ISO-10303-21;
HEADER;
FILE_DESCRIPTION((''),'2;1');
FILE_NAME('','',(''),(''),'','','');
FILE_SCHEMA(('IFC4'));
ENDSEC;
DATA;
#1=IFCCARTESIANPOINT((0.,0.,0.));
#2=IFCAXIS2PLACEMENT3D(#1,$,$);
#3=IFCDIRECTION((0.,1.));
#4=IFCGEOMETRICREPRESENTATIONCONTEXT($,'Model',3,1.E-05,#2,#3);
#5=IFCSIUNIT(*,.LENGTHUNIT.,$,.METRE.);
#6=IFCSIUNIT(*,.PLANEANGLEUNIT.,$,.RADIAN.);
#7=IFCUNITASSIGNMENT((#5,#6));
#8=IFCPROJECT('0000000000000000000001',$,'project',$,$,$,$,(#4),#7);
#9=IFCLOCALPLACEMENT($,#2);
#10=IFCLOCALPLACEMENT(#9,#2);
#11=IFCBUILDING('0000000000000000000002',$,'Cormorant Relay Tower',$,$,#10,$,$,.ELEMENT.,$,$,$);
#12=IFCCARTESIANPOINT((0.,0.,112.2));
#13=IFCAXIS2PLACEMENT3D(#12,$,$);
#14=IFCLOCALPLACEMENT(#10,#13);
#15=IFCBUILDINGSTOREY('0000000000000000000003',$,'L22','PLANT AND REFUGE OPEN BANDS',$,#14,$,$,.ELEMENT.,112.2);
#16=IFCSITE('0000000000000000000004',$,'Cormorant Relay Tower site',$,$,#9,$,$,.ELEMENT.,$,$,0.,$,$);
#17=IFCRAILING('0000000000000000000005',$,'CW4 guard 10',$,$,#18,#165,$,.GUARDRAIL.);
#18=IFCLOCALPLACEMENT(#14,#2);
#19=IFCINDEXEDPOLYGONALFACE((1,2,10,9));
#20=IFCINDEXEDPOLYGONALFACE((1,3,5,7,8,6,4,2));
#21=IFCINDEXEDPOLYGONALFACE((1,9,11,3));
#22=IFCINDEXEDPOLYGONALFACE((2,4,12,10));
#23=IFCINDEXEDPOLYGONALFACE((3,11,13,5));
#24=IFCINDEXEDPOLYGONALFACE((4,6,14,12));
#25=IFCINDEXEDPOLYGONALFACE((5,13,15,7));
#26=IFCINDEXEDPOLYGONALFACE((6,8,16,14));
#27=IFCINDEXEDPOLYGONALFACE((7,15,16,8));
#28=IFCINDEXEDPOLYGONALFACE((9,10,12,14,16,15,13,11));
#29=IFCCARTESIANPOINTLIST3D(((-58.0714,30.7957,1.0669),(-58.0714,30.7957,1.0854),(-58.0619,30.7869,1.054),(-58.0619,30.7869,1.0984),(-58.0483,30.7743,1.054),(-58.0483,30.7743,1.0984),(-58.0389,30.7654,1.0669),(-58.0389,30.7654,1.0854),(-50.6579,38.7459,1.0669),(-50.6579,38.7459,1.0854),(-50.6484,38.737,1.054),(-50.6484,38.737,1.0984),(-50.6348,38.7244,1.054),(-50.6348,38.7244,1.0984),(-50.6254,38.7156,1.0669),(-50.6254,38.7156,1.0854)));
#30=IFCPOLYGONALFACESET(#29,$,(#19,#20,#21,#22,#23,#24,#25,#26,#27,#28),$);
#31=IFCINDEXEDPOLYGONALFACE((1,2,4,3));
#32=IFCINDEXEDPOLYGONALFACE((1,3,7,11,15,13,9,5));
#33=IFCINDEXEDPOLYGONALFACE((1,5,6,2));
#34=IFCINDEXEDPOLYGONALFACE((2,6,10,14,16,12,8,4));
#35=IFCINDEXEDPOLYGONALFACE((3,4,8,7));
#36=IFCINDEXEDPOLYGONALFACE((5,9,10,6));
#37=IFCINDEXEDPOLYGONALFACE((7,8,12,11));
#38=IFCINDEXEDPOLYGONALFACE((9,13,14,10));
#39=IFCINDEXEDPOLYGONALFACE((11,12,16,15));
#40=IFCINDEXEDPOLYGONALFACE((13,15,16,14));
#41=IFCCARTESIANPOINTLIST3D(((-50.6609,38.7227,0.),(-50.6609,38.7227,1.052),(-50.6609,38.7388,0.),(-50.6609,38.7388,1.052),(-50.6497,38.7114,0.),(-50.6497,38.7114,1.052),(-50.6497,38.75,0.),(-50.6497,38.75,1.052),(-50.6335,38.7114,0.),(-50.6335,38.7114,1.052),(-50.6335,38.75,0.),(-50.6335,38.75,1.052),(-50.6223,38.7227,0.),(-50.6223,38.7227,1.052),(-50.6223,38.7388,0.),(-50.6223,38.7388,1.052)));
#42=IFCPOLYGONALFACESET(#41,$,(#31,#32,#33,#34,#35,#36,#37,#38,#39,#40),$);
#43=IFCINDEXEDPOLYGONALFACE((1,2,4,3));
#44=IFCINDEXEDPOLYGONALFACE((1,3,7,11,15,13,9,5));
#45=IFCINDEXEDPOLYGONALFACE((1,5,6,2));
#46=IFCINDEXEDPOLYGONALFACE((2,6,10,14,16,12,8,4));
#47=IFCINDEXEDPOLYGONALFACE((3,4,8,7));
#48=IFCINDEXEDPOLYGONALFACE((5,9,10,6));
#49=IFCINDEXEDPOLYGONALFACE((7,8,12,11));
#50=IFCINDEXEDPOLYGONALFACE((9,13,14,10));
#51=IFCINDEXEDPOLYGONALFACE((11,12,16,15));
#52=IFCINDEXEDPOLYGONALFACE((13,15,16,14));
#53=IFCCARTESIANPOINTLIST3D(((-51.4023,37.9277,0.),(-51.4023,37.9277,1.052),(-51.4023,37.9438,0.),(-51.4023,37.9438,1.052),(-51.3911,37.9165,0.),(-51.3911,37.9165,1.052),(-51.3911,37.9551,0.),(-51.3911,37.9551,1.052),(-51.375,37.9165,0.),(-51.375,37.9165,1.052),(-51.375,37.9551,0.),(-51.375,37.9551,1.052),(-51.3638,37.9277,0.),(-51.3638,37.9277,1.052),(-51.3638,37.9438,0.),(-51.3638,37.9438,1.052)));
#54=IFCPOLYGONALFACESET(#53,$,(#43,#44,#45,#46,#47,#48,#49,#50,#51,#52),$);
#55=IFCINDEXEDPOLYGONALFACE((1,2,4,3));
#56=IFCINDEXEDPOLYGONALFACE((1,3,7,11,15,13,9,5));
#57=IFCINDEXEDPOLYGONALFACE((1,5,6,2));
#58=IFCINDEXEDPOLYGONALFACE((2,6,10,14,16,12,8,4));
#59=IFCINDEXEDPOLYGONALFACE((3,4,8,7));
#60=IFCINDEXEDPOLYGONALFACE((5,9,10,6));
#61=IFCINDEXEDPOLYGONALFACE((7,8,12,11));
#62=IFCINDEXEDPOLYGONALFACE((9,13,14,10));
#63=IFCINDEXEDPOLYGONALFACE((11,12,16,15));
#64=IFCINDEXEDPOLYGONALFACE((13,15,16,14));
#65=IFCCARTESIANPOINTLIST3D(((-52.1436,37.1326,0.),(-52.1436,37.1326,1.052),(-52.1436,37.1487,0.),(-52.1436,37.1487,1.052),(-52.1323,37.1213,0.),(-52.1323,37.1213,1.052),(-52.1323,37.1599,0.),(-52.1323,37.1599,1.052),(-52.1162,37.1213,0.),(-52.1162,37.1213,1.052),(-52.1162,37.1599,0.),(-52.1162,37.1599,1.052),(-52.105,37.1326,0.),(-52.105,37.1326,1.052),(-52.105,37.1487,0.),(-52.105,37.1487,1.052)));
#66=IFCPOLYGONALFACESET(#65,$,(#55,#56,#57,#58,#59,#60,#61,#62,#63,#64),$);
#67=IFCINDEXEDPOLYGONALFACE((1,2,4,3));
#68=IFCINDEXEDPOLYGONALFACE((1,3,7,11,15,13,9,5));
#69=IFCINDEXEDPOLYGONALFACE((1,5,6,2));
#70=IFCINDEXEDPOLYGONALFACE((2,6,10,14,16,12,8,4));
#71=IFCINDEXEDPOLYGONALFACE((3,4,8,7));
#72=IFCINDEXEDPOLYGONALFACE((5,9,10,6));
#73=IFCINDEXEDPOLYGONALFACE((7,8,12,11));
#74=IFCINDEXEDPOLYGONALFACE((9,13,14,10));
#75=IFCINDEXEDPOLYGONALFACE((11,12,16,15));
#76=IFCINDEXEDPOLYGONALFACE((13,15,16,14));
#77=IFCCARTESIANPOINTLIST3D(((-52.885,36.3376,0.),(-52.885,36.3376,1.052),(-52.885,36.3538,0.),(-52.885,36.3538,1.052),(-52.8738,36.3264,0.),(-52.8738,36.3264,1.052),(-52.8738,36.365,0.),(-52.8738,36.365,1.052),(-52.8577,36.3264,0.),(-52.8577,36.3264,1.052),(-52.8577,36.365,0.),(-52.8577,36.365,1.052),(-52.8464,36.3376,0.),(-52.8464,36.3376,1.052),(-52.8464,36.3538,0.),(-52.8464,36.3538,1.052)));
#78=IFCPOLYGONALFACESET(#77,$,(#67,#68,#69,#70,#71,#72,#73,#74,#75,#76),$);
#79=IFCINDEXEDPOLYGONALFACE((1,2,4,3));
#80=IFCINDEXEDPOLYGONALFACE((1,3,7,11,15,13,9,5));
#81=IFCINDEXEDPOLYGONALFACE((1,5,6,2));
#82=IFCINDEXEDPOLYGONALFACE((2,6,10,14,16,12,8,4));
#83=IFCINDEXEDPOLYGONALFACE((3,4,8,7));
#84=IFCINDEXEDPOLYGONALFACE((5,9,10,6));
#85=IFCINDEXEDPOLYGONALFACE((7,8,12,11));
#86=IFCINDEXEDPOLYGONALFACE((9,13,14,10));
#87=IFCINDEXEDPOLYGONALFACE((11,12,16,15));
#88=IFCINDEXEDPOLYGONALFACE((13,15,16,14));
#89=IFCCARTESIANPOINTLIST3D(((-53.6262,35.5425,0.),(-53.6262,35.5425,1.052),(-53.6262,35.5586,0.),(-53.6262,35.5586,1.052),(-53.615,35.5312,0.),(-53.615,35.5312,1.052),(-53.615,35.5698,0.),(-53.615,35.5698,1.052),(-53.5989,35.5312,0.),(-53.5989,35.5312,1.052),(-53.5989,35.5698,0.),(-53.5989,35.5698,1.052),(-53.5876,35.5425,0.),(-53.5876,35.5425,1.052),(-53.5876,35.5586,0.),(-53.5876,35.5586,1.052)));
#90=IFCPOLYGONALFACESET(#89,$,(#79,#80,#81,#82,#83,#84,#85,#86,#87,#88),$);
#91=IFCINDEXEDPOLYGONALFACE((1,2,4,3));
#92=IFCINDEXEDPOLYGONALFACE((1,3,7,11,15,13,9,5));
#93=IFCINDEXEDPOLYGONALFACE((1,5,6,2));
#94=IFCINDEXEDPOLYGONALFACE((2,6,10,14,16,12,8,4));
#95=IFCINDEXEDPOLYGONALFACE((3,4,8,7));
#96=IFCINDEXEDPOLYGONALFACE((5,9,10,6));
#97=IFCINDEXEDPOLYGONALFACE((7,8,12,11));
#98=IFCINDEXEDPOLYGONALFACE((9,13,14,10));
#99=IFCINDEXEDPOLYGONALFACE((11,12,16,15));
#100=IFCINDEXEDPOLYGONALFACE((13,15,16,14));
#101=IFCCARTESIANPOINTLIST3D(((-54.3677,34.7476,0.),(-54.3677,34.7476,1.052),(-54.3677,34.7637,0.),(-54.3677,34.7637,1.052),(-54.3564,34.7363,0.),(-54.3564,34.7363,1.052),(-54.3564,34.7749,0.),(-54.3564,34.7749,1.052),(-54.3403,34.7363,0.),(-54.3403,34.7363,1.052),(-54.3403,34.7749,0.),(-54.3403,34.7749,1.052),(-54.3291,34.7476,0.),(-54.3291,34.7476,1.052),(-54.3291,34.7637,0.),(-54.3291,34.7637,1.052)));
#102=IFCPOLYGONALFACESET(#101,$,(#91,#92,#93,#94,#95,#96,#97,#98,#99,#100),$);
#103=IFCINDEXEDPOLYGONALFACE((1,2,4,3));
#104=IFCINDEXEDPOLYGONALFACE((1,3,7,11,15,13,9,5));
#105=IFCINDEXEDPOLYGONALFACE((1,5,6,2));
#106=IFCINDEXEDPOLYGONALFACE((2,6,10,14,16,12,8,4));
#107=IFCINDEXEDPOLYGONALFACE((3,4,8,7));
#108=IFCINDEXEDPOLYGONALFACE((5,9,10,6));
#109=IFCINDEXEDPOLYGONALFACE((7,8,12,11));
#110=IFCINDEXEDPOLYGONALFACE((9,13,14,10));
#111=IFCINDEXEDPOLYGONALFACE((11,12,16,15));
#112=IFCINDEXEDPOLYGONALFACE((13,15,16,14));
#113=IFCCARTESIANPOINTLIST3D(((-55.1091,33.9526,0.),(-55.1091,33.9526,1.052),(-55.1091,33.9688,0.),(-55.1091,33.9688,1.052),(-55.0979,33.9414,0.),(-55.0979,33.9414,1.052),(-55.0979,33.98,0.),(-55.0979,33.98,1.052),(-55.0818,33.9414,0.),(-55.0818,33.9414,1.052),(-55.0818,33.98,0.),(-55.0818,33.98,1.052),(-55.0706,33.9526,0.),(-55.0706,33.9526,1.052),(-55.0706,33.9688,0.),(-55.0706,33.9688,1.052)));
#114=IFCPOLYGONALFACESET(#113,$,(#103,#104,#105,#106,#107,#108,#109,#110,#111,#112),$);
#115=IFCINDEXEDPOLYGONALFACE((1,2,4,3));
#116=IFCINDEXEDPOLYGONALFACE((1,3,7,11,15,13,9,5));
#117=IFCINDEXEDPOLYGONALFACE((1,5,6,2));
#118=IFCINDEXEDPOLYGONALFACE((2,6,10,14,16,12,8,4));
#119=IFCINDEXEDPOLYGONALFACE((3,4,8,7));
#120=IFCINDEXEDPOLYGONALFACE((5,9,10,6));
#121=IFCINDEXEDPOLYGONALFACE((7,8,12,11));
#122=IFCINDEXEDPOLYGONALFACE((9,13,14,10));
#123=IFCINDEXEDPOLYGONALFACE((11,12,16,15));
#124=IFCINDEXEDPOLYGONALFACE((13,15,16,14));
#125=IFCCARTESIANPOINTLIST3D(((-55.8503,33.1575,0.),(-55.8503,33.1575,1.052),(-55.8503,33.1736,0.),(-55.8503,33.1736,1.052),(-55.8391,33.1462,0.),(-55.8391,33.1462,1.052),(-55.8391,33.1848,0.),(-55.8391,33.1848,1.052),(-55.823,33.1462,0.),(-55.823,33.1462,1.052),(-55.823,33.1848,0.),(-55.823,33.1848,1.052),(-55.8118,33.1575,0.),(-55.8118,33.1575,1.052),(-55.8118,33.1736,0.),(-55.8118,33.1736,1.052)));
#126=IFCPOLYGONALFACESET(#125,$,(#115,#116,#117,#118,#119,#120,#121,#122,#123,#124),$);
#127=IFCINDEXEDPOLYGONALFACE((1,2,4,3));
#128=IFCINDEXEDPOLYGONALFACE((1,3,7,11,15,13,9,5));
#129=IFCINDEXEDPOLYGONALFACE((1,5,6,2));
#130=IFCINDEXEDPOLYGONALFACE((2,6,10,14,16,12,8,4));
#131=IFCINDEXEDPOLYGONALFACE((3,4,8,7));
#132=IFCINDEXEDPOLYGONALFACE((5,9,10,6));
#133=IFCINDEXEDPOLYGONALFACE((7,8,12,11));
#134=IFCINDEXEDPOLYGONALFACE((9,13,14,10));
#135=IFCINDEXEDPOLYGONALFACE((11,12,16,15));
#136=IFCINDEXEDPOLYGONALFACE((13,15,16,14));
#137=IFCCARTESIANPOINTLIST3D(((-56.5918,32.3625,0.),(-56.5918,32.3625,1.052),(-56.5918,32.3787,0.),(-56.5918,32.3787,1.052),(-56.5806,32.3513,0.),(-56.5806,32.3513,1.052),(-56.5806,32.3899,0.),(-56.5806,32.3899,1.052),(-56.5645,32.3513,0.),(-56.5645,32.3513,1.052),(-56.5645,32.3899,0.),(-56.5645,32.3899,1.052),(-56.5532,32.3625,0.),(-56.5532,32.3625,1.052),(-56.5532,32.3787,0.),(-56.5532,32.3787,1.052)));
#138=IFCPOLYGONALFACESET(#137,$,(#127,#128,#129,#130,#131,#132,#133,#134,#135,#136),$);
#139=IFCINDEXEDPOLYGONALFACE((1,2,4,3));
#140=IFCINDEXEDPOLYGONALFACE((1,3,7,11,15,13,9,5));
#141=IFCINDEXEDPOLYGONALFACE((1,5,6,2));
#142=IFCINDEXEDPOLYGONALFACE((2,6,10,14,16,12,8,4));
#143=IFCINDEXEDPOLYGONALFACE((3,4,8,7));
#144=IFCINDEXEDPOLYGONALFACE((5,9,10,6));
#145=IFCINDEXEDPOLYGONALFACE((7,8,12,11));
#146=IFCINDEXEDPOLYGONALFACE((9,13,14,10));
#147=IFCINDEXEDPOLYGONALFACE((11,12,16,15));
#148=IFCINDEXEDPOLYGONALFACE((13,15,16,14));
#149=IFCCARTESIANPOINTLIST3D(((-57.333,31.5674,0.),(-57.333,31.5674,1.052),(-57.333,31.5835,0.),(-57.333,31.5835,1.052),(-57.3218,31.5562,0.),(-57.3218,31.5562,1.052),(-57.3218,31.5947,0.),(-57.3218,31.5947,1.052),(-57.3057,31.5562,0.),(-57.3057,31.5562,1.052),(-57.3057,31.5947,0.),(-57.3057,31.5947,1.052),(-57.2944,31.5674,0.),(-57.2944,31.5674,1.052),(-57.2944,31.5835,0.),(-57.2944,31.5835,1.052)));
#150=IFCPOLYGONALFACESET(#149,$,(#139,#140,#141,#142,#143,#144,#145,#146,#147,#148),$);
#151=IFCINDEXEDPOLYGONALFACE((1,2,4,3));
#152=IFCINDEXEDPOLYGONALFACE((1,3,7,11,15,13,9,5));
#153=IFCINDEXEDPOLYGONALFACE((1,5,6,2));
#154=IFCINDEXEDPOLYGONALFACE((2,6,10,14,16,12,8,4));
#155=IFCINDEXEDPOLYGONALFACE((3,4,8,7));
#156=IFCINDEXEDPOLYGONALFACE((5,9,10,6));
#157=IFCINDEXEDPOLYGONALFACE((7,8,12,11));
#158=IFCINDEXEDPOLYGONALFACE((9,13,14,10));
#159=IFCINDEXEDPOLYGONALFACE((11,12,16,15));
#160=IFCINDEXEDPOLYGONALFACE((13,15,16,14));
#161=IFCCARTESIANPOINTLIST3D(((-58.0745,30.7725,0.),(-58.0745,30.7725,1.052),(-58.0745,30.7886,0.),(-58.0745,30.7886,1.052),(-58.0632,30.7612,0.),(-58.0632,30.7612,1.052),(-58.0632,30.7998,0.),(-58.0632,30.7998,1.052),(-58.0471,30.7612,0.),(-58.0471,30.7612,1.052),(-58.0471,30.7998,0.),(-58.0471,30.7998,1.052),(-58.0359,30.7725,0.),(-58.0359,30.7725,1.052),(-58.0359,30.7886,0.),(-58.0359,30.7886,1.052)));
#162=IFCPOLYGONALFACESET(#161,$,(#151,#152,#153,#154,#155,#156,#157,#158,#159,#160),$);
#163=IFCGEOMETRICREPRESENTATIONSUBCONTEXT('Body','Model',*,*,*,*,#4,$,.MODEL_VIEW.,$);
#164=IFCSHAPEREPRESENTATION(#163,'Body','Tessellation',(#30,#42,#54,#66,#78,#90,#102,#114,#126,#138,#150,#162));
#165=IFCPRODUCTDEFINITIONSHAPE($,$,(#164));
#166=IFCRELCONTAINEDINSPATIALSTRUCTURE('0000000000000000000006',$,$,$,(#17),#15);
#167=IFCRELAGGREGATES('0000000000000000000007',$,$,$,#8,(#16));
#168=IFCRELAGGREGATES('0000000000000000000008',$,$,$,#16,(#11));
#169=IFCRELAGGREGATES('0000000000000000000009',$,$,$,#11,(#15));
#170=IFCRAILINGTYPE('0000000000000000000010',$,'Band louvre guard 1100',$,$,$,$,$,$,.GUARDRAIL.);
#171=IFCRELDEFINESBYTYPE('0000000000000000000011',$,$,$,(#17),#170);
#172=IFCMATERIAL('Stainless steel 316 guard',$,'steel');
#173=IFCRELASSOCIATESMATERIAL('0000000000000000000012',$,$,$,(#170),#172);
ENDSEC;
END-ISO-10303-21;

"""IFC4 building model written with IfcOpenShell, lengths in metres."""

from ifc_helpers import new_model, si_unit, direction, frame, origin, place, context, subcontext, project, spatial, polyline, outline, extrude, material, type_object, element, save


model = new_model("IFC4")

# Units and contexts
model_context = context("Model", 3, precision=1e-05, world=origin(), true_north=direction((0.0, 1.0)))
body_context = subcontext(model_context, "Body", "Model", "MODEL_VIEW")
ifc_project = project(units=[si_unit("LENGTHUNIT", "METRE"), si_unit("PLANEANGLEUNIT", "RADIAN")], contexts=[model_context])

# Site, building, storey
site_placement = place(None, origin())
site = spatial("IfcSite", under=ifc_project, at=site_placement, Name="Cormorant Relay Tower site", CompositionType="ELEMENT", RefElevation=0.0)
building_placement = place(site_placement, origin())
building = spatial("IfcBuilding", under=site, at=building_placement, Name="Cormorant Relay Tower", CompositionType="ELEMENT")
storey_placement = place(building_placement, frame((0.0, 0.0, 112.2)))
storey = spatial("IfcBuildingStorey", under=building, at=storey_placement, Name="L22", Description="PLANT AND REFUGE OPEN BANDS", CompositionType="ELEMENT", Elevation=112.2)

# Railing
ifc_material_1 = material(Name="Stainless steel 316 guard", Category="steel")
railing_type = type_object("IfcRailingType", Name="Band louvre guard 1100", PredefinedType="GUARDRAIL", material=ifc_material_1)
railing_1_placement = place(storey_placement, frame((-50.6416, 38.7307, 0.0)))
element("IfcRailing", 1, at=railing_1_placement, inside=storey, type_object=railing_type, Name="CW4 guard 10", PredefinedType="GUARDRAIL", context=body_context, shape_type="SweptSolid", body=[
    extrude(outline(polyline([(0.0222, 0.0093), (0.0093, 0.0222), (-0.0093, 0.0222), (-0.0222, 0.0093), (-0.0222, -0.0093), (-0.0093, -0.0222), (0.0093, -0.0222), (0.0222, -0.0093), (0.0222, 0.0093)])), frame((0.0, 0.0, 1.0762), z_axis=(-0.681993, -0.731358, 0.0), x_axis=(0.731358, -0.681993, 0.0)), (0.0, 0.0, 1.0), 10.8704),
    extrude(outline(polyline([(0.0193, 0.0081), (0.0081, 0.0193), (-0.0081, 0.0193), (-0.0193, 0.0081), (-0.0193, -0.0081), (-0.0081, -0.0193), (0.0081, -0.0193), (0.0193, -0.0081), (0.0193, 0.0081)])), origin(), (0.0, 0.0, 1.0), 1.052),
    extrude(outline(polyline([(0.0193, 0.0081), (0.0081, 0.0193), (-0.0081, 0.0193), (-0.0193, 0.0081), (-0.0193, -0.0081), (-0.0081, -0.0193), (0.0081, -0.0193), (0.0193, -0.0081), (0.0193, 0.0081)])), frame((-0.7415, -0.7949, 0.0)), (0.0, 0.0, 1.0), 1.052),
    extrude(outline(polyline([(0.0193, 0.0081), (0.0081, 0.0193), (-0.0081, 0.0193), (-0.0193, 0.0081), (-0.0193, -0.0081), (-0.0081, -0.0193), (0.0081, -0.0193), (0.0193, -0.0081), (0.0193, 0.0081)])), frame((-1.4827, -1.5901, 0.0)), (0.0, 0.0, 1.0), 1.052),
    extrude(outline(polyline([(0.0193, 0.0081), (0.0081, 0.0193), (-0.0081, 0.0193), (-0.0193, 0.0081), (-0.0193, -0.0081), (-0.0081, -0.0193), (0.0081, -0.0193), (0.0193, -0.0081), (0.0193, 0.0081)])), frame((-2.2241, -2.385, 0.0)), (0.0, 0.0, 1.0), 1.052),
    extrude(outline(polyline([(0.0193, 0.0081), (0.0081, 0.0193), (-0.0081, 0.0193), (-0.0193, 0.0081), (-0.0193, -0.0081), (-0.0081, -0.0193), (0.0081, -0.0193), (0.0193, -0.0081), (0.0193, 0.0081)])), frame((-2.9653, -3.1802, 0.0)), (0.0, 0.0, 1.0), 1.052),
    extrude(outline(polyline([(0.0193, 0.0081), (0.0081, 0.0193), (-0.0081, 0.0193), (-0.0193, 0.0081), (-0.0193, -0.0081), (-0.0081, -0.0193), (0.0081, -0.0193), (0.0193, -0.0081), (0.0193, 0.0081)])), frame((-3.7068, -3.9751, 0.0)), (0.0, 0.0, 1.0), 1.052),
    extrude(outline(polyline([(0.0193, 0.0081), (0.0081, 0.0193), (-0.0081, 0.0193), (-0.0193, 0.0081), (-0.0193, -0.0081), (-0.0081, -0.0193), (0.0081, -0.0193), (0.0193, -0.0081), (0.0193, 0.0081)])), frame((-4.4482, -4.77, 0.0)), (0.0, 0.0, 1.0), 1.052),
    extrude(outline(polyline([(0.0193, 0.0081), (0.0081, 0.0193), (-0.0081, 0.0193), (-0.0193, 0.0081), (-0.0193, -0.0081), (-0.0081, -0.0193), (0.0081, -0.0193), (0.0193, -0.0081), (0.0193, 0.0081)])), frame((-5.1895, -5.5652, 0.0)), (0.0, 0.0, 1.0), 1.052),
    extrude(outline(polyline([(0.0193, 0.0081), (0.0081, 0.0193), (-0.0081, 0.0193), (-0.0193, 0.0081), (-0.0193, -0.0081), (-0.0081, -0.0193), (0.0081, -0.0193), (0.0193, -0.0081), (0.0193, 0.0081)])), frame((-5.9309, -6.3601, 0.0)), (0.0, 0.0, 1.0), 1.052),
    extrude(outline(polyline([(0.0193, 0.0081), (0.0081, 0.0193), (-0.0081, 0.0193), (-0.0193, 0.0081), (-0.0193, -0.0081), (-0.0081, -0.0193), (0.0081, -0.0193), (0.0193, -0.0081), (0.0193, 0.0081)])), frame((-6.6721, -7.1553, 0.0)), (0.0, 0.0, 1.0), 1.052),
    extrude(outline(polyline([(0.0193, 0.0081), (0.0081, 0.0193), (-0.0081, 0.0193), (-0.0193, 0.0081), (-0.0193, -0.0081), (-0.0081, -0.0193), (0.0081, -0.0193), (0.0193, -0.0081), (0.0193, 0.0081)])), frame((-7.4136, -7.9502, 0.0)), (0.0, 0.0, 1.0), 1.052),
])

save(model, "model.ifc")
